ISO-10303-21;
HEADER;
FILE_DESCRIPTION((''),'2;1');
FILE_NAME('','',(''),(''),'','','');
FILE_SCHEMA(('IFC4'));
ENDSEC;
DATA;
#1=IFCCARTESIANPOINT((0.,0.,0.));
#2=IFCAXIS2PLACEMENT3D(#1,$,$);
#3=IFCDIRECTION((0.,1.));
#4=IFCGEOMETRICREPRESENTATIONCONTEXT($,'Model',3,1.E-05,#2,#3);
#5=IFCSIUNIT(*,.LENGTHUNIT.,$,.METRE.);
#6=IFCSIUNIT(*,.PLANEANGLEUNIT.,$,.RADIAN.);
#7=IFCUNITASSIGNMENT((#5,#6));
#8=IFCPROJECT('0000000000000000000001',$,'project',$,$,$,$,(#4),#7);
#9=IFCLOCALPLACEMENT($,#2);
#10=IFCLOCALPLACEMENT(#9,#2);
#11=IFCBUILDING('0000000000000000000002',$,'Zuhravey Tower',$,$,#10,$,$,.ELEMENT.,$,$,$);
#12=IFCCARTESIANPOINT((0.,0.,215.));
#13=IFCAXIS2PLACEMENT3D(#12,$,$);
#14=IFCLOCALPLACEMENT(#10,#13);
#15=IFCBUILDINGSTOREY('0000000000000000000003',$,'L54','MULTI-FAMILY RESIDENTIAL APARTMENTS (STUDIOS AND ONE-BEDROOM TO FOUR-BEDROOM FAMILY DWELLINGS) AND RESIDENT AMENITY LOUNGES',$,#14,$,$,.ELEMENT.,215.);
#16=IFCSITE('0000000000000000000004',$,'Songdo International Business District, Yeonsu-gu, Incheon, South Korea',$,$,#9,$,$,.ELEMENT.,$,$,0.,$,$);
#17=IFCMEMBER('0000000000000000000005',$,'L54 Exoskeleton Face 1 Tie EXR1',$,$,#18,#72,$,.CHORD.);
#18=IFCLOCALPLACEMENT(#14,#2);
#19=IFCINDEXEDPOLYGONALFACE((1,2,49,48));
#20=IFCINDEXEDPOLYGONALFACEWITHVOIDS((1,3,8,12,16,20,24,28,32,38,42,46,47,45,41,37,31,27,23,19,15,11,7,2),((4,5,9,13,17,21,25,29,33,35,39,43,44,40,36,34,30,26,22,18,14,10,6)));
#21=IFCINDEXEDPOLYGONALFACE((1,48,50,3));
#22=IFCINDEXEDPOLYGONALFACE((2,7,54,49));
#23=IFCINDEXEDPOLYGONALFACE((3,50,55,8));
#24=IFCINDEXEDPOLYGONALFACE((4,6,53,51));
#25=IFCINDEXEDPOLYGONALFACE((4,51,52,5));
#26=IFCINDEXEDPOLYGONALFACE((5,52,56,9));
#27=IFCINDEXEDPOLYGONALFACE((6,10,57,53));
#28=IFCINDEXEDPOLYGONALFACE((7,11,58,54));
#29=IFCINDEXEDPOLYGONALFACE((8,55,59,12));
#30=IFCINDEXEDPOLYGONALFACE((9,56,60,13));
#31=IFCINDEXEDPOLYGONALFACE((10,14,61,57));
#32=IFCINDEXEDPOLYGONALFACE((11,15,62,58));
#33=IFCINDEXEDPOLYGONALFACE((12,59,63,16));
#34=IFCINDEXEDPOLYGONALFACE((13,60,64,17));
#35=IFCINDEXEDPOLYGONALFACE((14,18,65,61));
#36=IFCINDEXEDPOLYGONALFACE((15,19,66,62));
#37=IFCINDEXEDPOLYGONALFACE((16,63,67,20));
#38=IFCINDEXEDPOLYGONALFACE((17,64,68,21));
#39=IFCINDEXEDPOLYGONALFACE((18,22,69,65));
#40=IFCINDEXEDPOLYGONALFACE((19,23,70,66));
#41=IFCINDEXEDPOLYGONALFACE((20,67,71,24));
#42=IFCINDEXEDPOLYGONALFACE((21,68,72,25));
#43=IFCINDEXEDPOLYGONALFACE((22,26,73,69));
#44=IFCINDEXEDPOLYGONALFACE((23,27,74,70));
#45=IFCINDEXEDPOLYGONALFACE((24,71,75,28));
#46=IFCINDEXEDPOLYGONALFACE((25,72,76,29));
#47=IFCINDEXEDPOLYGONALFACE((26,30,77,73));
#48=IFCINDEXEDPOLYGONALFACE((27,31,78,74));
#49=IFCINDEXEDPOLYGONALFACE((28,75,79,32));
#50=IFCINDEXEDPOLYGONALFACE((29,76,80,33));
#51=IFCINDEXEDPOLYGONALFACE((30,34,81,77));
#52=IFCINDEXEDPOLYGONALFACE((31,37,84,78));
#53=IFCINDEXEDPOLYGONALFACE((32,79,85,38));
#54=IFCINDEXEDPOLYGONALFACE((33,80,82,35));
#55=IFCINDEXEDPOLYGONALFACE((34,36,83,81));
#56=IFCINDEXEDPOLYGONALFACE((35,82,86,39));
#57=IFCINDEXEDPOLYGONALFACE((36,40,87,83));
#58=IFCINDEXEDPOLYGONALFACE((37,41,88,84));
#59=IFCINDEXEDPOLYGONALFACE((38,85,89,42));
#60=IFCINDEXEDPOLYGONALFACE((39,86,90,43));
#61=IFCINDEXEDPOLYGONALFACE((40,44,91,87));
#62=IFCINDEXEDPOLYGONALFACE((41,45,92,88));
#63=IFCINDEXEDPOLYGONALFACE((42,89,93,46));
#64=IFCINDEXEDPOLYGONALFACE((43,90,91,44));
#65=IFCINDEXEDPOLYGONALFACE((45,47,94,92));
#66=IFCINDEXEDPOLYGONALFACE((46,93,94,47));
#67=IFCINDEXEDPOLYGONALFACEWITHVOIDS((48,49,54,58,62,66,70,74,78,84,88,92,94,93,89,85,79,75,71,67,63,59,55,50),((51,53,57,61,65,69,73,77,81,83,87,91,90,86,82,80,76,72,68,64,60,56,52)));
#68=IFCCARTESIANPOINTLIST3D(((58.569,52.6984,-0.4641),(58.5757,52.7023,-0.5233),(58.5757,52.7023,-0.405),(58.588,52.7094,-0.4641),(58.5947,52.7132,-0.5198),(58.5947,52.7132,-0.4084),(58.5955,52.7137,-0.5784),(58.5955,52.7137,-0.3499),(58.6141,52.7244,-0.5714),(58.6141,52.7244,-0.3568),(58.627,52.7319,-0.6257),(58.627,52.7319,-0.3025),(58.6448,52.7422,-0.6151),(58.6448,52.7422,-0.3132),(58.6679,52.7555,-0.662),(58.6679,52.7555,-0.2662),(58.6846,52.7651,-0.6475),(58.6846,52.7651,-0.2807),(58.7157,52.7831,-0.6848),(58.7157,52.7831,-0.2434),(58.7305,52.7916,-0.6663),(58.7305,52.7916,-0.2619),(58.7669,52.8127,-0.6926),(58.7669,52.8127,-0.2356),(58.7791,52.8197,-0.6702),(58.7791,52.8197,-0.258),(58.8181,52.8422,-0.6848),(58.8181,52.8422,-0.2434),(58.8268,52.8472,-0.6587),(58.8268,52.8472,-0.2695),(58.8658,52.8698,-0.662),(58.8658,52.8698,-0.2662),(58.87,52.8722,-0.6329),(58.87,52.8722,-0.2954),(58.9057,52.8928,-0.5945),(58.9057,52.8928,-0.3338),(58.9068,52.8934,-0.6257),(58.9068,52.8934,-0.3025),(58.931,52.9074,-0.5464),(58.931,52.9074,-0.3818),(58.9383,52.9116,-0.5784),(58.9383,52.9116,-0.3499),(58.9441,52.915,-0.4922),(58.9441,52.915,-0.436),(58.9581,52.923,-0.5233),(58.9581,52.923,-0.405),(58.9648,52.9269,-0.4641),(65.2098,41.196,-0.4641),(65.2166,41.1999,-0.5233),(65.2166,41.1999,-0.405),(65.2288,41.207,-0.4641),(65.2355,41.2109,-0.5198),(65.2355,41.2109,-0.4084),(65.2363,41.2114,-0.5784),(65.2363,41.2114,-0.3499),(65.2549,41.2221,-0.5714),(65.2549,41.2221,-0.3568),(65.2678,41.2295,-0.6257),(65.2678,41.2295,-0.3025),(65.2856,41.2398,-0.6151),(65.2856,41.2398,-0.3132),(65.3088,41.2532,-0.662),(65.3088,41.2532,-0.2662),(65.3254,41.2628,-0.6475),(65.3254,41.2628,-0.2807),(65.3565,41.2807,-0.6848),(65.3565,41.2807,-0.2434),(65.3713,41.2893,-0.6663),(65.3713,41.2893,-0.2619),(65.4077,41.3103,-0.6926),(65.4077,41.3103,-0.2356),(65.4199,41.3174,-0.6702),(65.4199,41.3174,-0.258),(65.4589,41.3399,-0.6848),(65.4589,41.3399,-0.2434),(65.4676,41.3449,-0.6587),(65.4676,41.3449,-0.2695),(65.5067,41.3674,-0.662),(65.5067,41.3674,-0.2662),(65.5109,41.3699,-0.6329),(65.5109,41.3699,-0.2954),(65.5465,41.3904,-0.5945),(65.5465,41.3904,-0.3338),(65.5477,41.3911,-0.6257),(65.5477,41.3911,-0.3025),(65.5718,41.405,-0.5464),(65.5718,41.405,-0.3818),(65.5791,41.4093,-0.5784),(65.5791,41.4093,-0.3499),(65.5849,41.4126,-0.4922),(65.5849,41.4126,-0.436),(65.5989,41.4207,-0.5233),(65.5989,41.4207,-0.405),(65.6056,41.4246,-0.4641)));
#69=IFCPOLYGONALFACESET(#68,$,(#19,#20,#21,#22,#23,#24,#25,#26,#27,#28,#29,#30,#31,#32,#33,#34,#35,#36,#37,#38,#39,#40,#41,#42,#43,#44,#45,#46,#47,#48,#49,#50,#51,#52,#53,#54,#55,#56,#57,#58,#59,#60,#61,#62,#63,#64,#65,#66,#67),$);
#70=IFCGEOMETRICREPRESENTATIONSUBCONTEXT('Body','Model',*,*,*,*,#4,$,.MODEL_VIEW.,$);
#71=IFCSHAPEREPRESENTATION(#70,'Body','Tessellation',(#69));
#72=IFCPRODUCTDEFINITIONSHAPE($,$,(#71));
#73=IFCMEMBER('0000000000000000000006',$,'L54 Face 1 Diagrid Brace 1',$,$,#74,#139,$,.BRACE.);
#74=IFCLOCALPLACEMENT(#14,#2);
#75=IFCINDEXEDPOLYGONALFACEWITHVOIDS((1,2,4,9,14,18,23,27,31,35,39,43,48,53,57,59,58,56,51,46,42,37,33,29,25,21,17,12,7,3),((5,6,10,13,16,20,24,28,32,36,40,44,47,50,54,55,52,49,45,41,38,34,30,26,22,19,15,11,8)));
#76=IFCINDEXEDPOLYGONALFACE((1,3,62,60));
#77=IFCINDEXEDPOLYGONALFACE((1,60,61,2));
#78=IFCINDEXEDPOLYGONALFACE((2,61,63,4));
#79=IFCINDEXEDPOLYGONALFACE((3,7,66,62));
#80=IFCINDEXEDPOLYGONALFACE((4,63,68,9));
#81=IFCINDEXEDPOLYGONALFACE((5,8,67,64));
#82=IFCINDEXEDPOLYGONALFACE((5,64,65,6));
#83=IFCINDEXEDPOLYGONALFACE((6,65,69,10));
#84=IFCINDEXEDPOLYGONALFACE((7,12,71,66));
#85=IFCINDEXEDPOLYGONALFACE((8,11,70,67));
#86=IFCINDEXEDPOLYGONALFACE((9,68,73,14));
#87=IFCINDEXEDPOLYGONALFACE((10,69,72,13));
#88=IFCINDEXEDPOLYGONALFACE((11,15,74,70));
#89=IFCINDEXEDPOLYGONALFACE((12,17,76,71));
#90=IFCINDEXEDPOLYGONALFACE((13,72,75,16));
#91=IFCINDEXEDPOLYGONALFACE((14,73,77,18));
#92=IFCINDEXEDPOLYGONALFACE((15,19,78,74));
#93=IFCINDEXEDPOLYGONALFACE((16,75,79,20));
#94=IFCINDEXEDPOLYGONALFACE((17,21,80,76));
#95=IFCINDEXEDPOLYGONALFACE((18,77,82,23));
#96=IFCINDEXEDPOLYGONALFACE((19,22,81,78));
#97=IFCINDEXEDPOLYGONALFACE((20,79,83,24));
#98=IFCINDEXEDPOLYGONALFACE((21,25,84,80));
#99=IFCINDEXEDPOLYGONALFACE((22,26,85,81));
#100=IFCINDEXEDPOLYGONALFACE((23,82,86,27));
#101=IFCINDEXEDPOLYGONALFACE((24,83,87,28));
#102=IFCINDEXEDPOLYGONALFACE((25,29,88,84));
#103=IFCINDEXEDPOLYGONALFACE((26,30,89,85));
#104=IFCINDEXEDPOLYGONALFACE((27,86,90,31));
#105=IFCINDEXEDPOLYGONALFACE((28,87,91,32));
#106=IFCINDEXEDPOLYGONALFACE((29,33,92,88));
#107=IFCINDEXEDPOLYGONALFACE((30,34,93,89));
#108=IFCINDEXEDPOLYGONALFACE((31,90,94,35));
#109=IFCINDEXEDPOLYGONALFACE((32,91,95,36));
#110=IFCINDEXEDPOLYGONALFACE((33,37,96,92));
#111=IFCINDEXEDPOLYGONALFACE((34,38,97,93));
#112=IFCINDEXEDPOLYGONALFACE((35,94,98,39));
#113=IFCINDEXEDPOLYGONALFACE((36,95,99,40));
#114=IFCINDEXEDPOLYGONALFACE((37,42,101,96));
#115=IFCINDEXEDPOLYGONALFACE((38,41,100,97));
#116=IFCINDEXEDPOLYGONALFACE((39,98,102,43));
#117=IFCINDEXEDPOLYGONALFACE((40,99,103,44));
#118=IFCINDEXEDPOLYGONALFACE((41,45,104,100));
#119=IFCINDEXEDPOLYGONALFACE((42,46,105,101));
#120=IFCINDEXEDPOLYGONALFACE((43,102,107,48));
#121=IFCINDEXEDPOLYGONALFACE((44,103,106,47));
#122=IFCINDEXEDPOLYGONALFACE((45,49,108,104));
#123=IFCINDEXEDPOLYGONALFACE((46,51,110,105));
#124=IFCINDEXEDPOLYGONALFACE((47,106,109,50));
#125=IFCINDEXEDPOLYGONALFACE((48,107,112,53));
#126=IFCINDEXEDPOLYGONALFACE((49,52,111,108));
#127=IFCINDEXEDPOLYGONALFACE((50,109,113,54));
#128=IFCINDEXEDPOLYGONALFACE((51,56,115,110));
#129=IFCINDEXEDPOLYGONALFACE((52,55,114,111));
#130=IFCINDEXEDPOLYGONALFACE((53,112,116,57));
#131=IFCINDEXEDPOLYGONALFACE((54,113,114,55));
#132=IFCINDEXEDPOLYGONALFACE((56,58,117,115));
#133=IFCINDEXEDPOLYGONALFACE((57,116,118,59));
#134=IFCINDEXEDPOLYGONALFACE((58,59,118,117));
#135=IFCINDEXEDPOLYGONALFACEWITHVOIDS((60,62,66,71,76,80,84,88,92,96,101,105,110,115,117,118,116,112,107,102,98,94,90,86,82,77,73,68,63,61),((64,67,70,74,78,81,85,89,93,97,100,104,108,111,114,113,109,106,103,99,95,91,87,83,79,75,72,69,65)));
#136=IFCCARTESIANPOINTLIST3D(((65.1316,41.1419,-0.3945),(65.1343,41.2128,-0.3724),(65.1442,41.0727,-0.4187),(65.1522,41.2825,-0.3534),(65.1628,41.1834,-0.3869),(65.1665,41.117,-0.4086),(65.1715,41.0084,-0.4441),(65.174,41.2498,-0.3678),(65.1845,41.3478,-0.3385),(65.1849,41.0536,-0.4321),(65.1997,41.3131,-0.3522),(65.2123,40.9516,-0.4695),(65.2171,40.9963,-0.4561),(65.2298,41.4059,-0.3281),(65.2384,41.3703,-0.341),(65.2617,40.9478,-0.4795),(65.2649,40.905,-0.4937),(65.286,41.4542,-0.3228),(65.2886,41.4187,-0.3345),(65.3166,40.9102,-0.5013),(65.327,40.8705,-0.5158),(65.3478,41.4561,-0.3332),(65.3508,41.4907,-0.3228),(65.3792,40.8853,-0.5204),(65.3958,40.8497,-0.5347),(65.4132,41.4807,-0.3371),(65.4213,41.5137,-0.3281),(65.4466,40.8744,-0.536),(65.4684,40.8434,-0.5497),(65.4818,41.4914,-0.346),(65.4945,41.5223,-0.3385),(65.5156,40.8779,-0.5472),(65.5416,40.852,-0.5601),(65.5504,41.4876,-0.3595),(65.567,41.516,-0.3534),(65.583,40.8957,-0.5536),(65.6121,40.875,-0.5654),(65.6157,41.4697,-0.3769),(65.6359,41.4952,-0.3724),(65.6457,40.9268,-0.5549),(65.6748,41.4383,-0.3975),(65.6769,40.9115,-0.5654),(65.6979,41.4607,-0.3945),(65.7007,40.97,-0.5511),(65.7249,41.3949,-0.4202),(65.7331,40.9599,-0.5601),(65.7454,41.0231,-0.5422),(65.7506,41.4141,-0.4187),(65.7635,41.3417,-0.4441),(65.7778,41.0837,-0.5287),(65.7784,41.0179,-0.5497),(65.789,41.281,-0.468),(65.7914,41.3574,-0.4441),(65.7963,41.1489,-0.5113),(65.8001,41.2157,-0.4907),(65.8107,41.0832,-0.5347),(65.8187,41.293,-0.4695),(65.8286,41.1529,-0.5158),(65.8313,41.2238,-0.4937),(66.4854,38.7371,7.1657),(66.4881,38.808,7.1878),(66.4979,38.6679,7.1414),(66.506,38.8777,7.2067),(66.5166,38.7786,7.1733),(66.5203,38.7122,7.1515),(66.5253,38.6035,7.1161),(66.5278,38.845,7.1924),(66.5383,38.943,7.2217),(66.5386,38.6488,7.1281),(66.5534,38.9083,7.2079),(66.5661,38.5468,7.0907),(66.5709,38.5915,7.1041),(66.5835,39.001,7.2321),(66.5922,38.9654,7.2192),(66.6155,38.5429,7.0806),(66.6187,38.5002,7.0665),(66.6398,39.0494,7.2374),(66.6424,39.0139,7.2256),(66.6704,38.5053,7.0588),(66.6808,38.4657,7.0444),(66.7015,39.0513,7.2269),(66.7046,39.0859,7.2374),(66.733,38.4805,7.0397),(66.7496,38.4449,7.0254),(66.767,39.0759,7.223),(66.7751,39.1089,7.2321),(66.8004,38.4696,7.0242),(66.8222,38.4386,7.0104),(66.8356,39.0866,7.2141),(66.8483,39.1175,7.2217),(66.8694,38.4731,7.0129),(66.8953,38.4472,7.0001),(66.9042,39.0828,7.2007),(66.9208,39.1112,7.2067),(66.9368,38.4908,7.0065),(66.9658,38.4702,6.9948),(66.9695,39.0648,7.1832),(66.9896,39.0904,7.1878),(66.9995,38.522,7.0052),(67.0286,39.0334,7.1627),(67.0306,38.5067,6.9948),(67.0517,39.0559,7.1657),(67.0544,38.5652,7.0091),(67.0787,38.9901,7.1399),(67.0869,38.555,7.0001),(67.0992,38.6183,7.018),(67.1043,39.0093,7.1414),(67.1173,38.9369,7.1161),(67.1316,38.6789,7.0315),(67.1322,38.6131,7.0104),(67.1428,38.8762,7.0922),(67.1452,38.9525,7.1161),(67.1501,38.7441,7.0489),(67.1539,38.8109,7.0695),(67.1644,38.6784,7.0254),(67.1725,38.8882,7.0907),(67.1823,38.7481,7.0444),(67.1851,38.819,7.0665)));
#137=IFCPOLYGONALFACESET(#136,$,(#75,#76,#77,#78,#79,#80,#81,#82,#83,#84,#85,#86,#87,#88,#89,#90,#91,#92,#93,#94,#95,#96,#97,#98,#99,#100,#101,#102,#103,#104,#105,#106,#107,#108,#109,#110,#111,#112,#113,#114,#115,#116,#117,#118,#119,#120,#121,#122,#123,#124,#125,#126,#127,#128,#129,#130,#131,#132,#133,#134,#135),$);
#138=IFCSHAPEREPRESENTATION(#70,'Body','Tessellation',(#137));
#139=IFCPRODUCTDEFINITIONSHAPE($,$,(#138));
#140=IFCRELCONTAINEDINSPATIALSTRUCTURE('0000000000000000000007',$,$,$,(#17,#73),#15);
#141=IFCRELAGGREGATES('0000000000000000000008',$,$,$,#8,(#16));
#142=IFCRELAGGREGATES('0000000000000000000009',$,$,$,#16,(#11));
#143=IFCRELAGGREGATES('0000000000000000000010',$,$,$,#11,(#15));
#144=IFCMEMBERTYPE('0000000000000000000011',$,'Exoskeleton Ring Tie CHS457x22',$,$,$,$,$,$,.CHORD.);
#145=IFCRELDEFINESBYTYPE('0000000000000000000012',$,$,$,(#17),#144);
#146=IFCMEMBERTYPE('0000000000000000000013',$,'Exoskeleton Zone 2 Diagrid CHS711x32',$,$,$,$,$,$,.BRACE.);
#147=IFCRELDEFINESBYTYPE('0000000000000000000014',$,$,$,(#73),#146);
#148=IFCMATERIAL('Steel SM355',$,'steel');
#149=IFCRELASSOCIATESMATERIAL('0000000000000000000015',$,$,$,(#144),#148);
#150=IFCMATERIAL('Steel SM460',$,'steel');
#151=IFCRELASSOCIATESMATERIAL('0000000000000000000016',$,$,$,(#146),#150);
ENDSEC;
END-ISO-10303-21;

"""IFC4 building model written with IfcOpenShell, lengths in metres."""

from ifc_helpers import new_model, si_unit, direction, frame, origin, origin_2d, place, context, subcontext, project, spatial, hollow_circle, extrude, material, material_profile, profile_set, type_object, element, save


model = new_model("IFC4")

# Units and contexts
model_context = context("Model", 3, precision=1e-05, world=origin(), true_north=direction((0.0, 1.0)))
body_context = subcontext(model_context, "Body", "Model", "MODEL_VIEW")
ifc_project = project(units=[si_unit("LENGTHUNIT", "METRE"), si_unit("PLANEANGLEUNIT", "RADIAN")], contexts=[model_context])

# Site, building, storey
site_placement = place(None, origin())
site = spatial("IfcSite", under=ifc_project, at=site_placement, Name="Songdo International Business District, Yeonsu-gu, Incheon, South Korea", CompositionType="ELEMENT", RefElevation=0.0)
building_placement = place(site_placement, origin())
building = spatial("IfcBuilding", under=site, at=building_placement, Name="Zuhravey Tower", CompositionType="ELEMENT")
storey_placement = place(building_placement, frame((0.0, 0.0, 215.0)))
storey = spatial("IfcBuildingStorey", under=building, at=storey_placement, Name="L54", Description="MULTI-FAMILY RESIDENTIAL APARTMENTS (STUDIOS AND ONE-BEDROOM TO FOUR-BEDROOM FAMILY DWELLINGS) AND RESIDENT AMENITY LOUNGES", CompositionType="ELEMENT", Elevation=215.0)

# Members
ifc_material_1 = material(Name="Steel SM355", Category="steel")
ifc_material_profile_1 = material_profile(ifc_material_1, hollow_circle(Radius=0.2285, WallThickness=0.022, at=origin_2d()), Name="CHS-457.2x22")
ifc_profile_set_1 = profile_set([ifc_material_profile_1], Name="Steel SM355")
member_type_1 = type_object("IfcMemberType", Name="Exoskeleton Ring Tie CHS457x22", PredefinedType="CHORD", material=ifc_profile_set_1)
member_1_placement = place(storey_placement, frame((65.4077, 41.3103, -0.4641), z_axis=(-0.499996, 0.866028, 0.0), x_axis=(-0.866028, -0.499996, 0.0)))
element("IfcMember", 1, at=member_1_placement, inside=storey, type_object=member_type_1, Name="L54 Exoskeleton Face 1 Tie EXR1", PredefinedType="CHORD", context=body_context, shape_type="SweptSolid", body=[
    extrude(hollow_circle(Radius=0.2285, WallThickness=0.022, at=origin_2d()), origin(), (0.0, 0.0, 1.0), 13.2817),
])
ifc_material_2 = material(Name="Steel SM460", Category="steel")
ifc_material_profile_2 = material_profile(ifc_material_2, hollow_circle(Radius=0.3557, WallThickness=0.032, at=origin_2d()), Name="CHS-711.2x32")
ifc_profile_set_2 = profile_set([ifc_material_profile_2], Name="Steel SM460")
member_type_2 = type_object("IfcMemberType", Name="Exoskeleton Zone 2 Diagrid CHS711x32", PredefinedType="BRACE", material=ifc_profile_set_2)
member_2_placement = place(storey_placement, frame((65.4814, 41.1829, -0.4441), z_axis=(0.168211, -0.298806, 0.939372), x_axis=(0.87141, 0.490555, 0.0)))
element("IfcMember", 2, at=member_2_placement, inside=storey, type_object=member_type_2, Name="L54 Face 1 Diagrid Brace 1", PredefinedType="BRACE", context=body_context, shape_type="SweptSolid", body=[
    extrude(hollow_circle(Radius=0.3557, WallThickness=0.032, at=origin_2d()), origin(), (0.0, 0.0, 1.0), 8.0481),
])

save(model, "model.ifc")
